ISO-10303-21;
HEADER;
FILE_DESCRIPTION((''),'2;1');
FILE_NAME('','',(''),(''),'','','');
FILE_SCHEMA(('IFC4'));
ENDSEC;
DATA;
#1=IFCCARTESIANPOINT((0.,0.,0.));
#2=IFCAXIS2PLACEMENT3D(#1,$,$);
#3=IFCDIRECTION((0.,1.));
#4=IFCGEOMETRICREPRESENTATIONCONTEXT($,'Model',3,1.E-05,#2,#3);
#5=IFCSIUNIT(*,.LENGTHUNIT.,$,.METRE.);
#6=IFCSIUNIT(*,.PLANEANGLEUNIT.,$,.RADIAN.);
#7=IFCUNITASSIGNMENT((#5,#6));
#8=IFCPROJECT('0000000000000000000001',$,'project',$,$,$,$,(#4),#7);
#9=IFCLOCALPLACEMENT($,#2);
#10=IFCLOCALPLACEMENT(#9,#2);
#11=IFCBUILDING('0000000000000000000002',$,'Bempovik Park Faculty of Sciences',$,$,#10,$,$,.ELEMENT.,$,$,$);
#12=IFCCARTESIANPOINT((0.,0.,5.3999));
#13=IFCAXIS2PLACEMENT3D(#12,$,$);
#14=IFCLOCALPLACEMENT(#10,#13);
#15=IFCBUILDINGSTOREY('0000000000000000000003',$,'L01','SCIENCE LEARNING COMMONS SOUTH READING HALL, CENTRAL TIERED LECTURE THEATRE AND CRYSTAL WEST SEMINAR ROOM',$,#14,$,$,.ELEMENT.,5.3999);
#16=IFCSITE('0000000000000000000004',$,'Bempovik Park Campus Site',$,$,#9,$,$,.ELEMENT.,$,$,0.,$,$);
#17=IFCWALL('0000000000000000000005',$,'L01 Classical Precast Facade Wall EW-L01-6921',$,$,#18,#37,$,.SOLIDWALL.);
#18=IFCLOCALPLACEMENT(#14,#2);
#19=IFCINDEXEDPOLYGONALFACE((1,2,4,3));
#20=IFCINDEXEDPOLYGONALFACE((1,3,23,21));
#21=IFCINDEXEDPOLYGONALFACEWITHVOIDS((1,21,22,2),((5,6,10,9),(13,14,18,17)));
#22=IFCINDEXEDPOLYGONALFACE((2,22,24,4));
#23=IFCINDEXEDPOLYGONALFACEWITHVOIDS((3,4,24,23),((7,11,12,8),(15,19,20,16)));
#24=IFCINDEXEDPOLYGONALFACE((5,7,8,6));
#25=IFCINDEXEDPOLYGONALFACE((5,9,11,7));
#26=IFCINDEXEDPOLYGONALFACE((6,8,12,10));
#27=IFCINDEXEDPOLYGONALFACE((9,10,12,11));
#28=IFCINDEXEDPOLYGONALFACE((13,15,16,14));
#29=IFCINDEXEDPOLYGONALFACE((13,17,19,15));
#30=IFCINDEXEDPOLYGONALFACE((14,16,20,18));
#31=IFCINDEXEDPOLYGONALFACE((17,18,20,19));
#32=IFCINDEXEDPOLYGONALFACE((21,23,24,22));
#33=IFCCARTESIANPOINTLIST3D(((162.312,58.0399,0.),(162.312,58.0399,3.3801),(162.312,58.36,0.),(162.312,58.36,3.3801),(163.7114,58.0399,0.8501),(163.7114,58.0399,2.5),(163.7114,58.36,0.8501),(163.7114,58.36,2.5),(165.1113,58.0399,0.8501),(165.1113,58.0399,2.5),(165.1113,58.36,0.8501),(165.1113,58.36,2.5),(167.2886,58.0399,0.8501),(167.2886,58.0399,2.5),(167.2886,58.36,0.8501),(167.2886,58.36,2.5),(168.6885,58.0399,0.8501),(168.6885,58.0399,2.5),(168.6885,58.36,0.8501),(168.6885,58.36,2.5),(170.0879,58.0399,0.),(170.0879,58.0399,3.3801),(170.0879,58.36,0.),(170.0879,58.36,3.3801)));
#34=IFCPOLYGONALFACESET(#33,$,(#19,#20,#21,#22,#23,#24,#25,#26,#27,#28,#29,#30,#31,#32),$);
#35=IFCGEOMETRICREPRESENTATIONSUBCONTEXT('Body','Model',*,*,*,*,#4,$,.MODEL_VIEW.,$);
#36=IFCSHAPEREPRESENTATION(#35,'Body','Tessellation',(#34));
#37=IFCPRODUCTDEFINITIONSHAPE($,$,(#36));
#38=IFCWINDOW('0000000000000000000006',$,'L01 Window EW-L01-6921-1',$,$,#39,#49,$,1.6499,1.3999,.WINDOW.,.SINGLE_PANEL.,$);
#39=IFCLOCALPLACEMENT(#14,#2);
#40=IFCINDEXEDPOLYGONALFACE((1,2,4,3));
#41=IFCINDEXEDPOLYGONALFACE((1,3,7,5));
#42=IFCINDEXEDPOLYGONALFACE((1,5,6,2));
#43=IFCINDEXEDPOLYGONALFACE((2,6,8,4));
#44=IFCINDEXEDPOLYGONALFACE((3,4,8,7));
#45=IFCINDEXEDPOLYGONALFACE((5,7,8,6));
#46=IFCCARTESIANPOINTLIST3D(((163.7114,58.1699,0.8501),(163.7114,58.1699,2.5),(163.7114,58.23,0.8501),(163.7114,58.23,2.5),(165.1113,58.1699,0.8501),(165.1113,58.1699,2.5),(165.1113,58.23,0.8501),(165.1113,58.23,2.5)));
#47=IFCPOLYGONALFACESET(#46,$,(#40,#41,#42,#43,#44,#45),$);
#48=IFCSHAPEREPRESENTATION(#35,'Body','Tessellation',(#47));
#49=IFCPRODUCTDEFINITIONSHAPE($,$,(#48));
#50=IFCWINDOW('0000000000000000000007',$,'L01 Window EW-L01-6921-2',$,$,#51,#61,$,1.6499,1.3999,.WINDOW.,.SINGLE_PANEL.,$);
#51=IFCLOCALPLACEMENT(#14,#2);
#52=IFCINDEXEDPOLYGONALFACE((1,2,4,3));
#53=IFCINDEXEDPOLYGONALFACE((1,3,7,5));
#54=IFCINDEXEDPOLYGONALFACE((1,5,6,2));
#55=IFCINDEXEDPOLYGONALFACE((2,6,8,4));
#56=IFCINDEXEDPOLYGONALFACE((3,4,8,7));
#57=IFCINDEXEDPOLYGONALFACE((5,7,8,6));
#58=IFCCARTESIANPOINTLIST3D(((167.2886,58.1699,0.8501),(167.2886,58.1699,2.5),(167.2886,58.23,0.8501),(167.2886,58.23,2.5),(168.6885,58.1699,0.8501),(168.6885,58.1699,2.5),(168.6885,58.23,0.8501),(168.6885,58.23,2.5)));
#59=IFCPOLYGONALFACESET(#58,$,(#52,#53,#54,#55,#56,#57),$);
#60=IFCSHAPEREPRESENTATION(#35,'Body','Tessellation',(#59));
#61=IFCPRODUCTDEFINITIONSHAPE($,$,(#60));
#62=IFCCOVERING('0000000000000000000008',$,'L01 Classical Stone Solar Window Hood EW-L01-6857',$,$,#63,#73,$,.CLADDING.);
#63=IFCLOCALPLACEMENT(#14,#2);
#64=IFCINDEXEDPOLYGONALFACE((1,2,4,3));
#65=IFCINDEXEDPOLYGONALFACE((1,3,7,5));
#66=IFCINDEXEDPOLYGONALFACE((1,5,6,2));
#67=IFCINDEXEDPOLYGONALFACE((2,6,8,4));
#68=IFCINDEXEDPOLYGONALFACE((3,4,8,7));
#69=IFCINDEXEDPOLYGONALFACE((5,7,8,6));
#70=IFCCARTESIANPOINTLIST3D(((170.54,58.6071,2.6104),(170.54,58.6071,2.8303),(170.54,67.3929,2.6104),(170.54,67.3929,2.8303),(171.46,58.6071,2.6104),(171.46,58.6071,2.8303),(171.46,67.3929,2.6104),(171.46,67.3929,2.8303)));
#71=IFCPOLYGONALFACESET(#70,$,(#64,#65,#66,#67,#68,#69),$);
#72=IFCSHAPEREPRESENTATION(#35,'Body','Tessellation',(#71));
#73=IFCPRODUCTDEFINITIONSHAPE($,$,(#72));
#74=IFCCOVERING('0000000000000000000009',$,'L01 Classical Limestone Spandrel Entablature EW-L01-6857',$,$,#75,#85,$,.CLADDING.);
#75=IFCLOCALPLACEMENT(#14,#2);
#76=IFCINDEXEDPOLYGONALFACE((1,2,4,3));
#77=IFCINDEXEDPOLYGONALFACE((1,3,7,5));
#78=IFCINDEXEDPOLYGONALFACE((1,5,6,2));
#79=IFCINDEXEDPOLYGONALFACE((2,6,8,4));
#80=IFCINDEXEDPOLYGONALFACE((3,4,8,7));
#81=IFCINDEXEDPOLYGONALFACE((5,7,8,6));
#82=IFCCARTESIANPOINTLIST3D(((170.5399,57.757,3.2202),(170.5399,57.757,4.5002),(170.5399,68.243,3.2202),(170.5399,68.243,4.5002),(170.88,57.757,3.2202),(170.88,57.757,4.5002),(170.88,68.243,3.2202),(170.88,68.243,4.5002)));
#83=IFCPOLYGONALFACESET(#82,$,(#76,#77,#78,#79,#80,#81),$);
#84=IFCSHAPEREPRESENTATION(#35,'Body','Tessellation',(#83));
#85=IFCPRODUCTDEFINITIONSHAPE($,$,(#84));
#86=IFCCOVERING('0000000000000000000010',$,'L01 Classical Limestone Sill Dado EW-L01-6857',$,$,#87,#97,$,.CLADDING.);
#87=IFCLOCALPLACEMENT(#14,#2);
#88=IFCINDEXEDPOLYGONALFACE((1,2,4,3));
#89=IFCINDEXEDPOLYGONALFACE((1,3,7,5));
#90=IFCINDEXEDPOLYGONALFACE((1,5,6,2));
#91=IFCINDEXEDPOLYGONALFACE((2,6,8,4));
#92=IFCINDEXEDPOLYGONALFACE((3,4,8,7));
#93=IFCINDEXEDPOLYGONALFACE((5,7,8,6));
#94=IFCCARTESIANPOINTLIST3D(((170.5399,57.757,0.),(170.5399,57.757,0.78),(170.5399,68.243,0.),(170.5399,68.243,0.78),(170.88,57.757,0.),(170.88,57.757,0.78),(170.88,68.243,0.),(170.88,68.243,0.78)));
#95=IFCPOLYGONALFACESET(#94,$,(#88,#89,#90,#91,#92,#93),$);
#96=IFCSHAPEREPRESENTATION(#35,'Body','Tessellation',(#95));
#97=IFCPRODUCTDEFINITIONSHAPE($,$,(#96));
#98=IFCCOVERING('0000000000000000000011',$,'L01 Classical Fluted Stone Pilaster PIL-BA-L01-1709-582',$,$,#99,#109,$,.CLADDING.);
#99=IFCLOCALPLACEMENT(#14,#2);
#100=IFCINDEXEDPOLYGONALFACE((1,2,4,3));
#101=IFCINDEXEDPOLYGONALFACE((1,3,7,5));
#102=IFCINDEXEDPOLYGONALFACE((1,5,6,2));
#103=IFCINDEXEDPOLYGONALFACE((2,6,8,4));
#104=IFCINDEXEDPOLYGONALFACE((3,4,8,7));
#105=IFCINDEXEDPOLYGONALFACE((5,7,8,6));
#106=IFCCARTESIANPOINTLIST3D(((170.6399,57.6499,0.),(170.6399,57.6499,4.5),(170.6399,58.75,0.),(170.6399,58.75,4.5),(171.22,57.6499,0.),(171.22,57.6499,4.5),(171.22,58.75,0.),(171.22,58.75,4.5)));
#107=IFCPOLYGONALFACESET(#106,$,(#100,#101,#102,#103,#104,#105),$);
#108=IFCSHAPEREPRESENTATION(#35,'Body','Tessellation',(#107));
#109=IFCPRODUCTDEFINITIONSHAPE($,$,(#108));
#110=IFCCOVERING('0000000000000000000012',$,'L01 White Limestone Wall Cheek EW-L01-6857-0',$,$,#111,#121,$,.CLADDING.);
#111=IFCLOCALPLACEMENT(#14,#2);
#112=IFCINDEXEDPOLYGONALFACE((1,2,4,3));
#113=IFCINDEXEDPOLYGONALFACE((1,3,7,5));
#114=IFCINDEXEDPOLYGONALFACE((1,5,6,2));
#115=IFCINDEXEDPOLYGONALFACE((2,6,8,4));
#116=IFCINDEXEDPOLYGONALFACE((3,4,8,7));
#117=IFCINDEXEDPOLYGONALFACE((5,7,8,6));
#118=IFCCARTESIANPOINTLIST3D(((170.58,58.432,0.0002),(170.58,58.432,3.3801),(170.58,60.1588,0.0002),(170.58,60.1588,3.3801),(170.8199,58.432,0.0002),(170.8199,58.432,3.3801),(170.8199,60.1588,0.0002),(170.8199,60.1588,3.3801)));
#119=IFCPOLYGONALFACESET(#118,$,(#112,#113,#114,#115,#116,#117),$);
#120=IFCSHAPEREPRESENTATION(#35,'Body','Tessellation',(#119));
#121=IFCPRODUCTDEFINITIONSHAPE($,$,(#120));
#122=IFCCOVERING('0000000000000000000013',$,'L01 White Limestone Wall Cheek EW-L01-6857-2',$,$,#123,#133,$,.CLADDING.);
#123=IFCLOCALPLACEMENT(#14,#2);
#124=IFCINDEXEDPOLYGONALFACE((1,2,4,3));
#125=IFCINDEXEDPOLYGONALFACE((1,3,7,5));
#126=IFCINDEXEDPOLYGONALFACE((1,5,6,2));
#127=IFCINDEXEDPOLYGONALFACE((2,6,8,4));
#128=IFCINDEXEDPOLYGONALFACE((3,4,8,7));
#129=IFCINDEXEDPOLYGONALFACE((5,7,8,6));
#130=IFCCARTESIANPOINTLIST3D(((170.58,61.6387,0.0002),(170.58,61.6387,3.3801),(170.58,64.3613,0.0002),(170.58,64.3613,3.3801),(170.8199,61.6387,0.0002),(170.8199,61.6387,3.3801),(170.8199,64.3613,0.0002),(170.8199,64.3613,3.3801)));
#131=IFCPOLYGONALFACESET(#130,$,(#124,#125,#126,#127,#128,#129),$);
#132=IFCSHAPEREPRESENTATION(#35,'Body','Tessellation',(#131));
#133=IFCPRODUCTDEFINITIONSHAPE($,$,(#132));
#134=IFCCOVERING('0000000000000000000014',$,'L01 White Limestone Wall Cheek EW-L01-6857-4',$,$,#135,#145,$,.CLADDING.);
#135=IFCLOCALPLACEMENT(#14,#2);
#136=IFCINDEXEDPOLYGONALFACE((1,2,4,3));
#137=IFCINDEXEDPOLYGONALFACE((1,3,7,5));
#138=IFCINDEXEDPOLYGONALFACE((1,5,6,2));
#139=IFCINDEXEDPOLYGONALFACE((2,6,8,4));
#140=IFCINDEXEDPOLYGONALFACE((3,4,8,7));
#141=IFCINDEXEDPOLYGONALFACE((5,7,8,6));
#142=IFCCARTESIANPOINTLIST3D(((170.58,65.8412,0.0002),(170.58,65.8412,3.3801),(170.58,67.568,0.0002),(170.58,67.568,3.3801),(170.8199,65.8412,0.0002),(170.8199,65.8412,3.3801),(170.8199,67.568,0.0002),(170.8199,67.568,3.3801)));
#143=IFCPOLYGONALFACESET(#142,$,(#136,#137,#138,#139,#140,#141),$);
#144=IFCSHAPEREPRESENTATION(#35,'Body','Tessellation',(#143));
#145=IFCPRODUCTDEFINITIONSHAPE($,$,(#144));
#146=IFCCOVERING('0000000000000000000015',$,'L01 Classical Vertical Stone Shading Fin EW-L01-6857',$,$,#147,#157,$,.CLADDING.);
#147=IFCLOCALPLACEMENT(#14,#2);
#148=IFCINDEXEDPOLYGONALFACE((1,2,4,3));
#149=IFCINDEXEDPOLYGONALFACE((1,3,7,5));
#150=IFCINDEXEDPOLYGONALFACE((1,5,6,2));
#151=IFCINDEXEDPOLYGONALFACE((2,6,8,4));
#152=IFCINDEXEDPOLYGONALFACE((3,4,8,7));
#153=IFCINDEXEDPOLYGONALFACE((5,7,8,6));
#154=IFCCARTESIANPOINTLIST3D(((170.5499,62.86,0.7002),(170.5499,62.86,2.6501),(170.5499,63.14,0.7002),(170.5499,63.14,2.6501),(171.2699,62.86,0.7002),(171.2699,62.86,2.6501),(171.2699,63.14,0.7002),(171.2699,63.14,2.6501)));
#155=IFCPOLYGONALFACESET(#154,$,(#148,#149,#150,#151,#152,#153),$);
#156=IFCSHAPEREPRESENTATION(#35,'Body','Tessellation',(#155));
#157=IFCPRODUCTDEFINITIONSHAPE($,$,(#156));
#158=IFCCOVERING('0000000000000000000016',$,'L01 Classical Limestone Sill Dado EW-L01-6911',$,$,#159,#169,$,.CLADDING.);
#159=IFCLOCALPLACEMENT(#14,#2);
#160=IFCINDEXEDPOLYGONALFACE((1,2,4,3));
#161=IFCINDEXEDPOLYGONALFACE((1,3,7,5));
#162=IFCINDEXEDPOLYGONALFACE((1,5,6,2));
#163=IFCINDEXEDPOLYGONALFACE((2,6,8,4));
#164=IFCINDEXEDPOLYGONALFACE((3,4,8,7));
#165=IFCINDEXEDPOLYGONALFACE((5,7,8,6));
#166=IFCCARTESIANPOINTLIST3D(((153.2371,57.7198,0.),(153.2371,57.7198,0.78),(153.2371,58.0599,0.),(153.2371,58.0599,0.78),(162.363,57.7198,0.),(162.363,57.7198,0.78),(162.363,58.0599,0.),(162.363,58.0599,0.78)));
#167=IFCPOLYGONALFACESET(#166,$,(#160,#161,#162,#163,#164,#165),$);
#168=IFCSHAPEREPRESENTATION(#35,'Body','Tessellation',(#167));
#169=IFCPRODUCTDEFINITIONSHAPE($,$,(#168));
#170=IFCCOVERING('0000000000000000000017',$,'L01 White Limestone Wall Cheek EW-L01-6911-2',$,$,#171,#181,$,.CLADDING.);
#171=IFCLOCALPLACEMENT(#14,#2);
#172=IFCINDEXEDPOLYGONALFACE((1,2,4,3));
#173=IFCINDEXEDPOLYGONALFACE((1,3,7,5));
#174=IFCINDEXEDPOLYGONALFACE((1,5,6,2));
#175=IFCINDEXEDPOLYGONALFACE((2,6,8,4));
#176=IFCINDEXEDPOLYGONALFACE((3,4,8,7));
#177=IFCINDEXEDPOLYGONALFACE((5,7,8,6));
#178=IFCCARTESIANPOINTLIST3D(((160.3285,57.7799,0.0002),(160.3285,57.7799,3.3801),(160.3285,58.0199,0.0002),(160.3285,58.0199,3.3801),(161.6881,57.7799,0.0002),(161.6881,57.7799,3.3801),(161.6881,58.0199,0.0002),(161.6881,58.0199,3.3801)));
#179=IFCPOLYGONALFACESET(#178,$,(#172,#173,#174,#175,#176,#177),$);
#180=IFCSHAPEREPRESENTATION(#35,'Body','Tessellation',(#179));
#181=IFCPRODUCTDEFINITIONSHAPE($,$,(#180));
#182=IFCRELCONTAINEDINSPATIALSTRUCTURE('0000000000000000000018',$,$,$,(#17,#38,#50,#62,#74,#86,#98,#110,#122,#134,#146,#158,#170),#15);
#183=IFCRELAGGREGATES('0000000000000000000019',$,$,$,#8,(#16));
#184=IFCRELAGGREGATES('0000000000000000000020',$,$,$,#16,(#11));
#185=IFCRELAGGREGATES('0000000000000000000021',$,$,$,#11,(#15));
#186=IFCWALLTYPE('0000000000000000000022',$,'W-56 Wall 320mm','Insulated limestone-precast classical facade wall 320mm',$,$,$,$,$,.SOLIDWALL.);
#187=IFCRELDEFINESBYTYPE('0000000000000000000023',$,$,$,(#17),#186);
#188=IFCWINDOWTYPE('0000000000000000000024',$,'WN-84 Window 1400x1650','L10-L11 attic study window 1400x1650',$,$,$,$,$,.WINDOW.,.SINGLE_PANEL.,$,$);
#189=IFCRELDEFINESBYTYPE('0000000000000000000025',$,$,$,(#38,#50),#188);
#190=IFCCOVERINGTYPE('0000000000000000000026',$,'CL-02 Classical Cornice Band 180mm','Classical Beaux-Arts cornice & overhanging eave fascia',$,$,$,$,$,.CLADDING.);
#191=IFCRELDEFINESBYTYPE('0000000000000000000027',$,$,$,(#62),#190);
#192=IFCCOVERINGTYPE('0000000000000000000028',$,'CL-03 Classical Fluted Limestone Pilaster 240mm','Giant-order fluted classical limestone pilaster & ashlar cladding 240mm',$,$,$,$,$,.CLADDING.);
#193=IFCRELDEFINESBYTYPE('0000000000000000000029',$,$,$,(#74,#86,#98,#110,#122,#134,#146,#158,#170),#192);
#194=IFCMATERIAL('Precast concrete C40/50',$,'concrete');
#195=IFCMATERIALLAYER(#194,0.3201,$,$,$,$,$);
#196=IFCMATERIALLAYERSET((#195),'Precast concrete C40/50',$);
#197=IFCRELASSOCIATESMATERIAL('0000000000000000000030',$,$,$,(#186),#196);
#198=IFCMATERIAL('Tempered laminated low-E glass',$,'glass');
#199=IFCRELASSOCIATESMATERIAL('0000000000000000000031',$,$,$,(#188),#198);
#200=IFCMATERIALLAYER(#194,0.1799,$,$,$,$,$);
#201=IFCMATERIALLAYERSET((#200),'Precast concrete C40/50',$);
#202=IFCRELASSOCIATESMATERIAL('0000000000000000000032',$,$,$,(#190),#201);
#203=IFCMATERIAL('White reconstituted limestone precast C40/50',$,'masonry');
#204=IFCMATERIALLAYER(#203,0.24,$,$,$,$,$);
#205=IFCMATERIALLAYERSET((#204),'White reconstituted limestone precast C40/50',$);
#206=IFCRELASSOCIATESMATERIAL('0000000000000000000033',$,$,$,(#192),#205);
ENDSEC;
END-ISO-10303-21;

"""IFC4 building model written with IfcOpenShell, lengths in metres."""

from ifc_helpers import new_model, si_unit, direction, frame, frame_2d, origin, origin_2d, place, context, subcontext, project, spatial, rectangle, extrude, material, layer, layer_set, type_object, element, fill, save


model = new_model("IFC4")

# Units and contexts
model_context = context("Model", 3, precision=1e-05, world=origin(), true_north=direction((0.0, 1.0)))
body_context = subcontext(model_context, "Body", "Model", "MODEL_VIEW")
ifc_project = project(units=[si_unit("LENGTHUNIT", "METRE"), si_unit("PLANEANGLEUNIT", "RADIAN")], contexts=[model_context])

# Site, building, storey
site_placement = place(None, origin())
site = spatial("IfcSite", under=ifc_project, at=site_placement, Name="Bempovik Park Campus Site", CompositionType="ELEMENT", RefElevation=0.0)
building_placement = place(site_placement, origin())
building = spatial("IfcBuilding", under=site, at=building_placement, Name="Bempovik Park Faculty of Sciences", CompositionType="ELEMENT")
storey_placement = place(building_placement, frame((0.0, 0.0, 5.3999)))
storey = spatial("IfcBuildingStorey", under=building, at=storey_placement, Name="L01", Description="SCIENCE LEARNING COMMONS SOUTH READING HALL, CENTRAL TIERED LECTURE THEATRE AND CRYSTAL WEST SEMINAR ROOM", CompositionType="ELEMENT", Elevation=5.3999)

# Wall, openings, windows
ifc_material_1 = material(Name="Precast concrete C40/50", Category="concrete")
ifc_layer_1 = layer(ifc_material_1, 0.3201)
ifc_layer_set_1 = layer_set([ifc_layer_1], Name="Precast concrete C40/50")
wall_type_1 = type_object("IfcWallType", Name="W-56 Wall 320mm", Description="Insulated limestone-precast classical facade wall 320mm", PredefinedType="SOLIDWALL", material=ifc_layer_set_1)
ifc_material_2 = material(Name="Tempered laminated low-E glass", Category="glass")
window_type = type_object("IfcWindowType", Name="WN-84 Window 1400x1650", Description="L10-L11 attic study window 1400x1650", PartitioningType="SINGLE_PANEL", PredefinedType="WINDOW", material=ifc_material_2)
wall_1_placement = place(storey_placement, frame((162.312, 58.2, 0.0), z_axis=(0.0, 0.0, 1.0), x_axis=(1.0, 0.0, 0.0)))
wall_1 = element("IfcWall", 1, at=wall_1_placement, inside=storey, type_object=wall_type_1, Name="L01 Classical Precast Facade Wall EW-L01-6921", PredefinedType="SOLIDWALL", context=body_context, shape_type="SweptSolid", body=[
    extrude(rectangle(XDim=7.7759, YDim=0.3201, at=frame_2d((3.8879, 0.0))), origin(), (0.0, 0.0, 1.0), 3.3801),
])
opening_1_placement = place(wall_1_placement, frame((1.3994, 0.0, 0.8501)))
opening_1 = element("IfcOpeningElement", 2, at=opening_1_placement, cuts=wall_1, PredefinedType="OPENING", context=body_context, shape_type="SweptSolid", body=[
    extrude(rectangle(XDim=1.3999, YDim=1.6499, at=frame_2d((0.7, 0.825))), frame((0.0, 0.1699, 0.0), z_axis=(0.0, -1.0, 0.0), x_axis=(1.0, 0.0, 0.0)), (0.0, 0.0, 1.0), 0.3401),
])
opening_2_placement = place(wall_1_placement, frame((4.9766, 0.0, 0.8501)))
opening_2 = element("IfcOpeningElement", 3, at=opening_2_placement, cuts=wall_1, PredefinedType="OPENING", context=body_context, shape_type="SweptSolid", body=[
    extrude(rectangle(XDim=1.3999, YDim=1.6499, at=frame_2d((0.7, 0.825))), frame((0.0, 0.1699, 0.0), z_axis=(0.0, -1.0, 0.0), x_axis=(1.0, 0.0, 0.0)), (0.0, 0.0, 1.0), 0.3401),
])
window_1_placement = place(opening_1_placement, origin())
window_1 = element("IfcWindow", 4, at=window_1_placement, inside=storey, type_object=window_type, Name="L01 Window EW-L01-6921-1", OverallHeight=1.6499, OverallWidth=1.3999, PartitioningType="SINGLE_PANEL", PredefinedType="WINDOW", context=body_context, shape_type="SweptSolid", body=[
    extrude(rectangle(XDim=1.3999, YDim=1.6499, at=frame_2d((0.7, 0.825))), frame((0.0, 0.03, 0.0), z_axis=(0.0, -1.0, 0.0), x_axis=(1.0, 0.0, 0.0)), (0.0, 0.0, 1.0), 0.0601),
])
fill(opening_1, window_1)
window_2_placement = place(opening_2_placement, origin())
window_2 = element("IfcWindow", 5, at=window_2_placement, inside=storey, type_object=window_type, Name="L01 Window EW-L01-6921-2", OverallHeight=1.6499, OverallWidth=1.3999, PartitioningType="SINGLE_PANEL", PredefinedType="WINDOW", context=body_context, shape_type="SweptSolid", body=[
    extrude(rectangle(XDim=1.3999, YDim=1.6499, at=frame_2d((0.7, 0.825))), frame((0.0, 0.03, 0.0), z_axis=(0.0, -1.0, 0.0), x_axis=(1.0, 0.0, 0.0)), (0.0, 0.0, 1.0), 0.0601),
])
fill(opening_2, window_2)

# Coverings
ifc_layer_2 = layer(ifc_material_1, 0.1799)
ifc_layer_set_2 = layer_set([ifc_layer_2], Name="Precast concrete C40/50")
covering_type_1 = type_object("IfcCoveringType", Name="CL-02 Classical Cornice Band 180mm", Description="Classical Beaux-Arts cornice & overhanging eave fascia", PredefinedType="CLADDING", material=ifc_layer_set_2)
covering_1_placement = place(storey_placement, frame((171.0, 63.0, 2.6104), z_axis=(0.0, 0.0, 1.0), x_axis=(1.0, 0.0, 0.0)))
element("IfcCovering", 6, at=covering_1_placement, inside=storey, type_object=covering_type_1, Name="L01 Classical Stone Solar Window Hood EW-L01-6857", PredefinedType="CLADDING", context=body_context, shape_type="SweptSolid", body=[
    extrude(rectangle(XDim=0.9199, YDim=8.7859, at=origin_2d()), origin(), (0.0, 0.0, 1.0), 0.22),
])
ifc_material_3 = material(Name="White reconstituted limestone precast C40/50", Category="masonry")
ifc_layer_3 = layer(ifc_material_3, 0.24)
ifc_layer_set_3 = layer_set([ifc_layer_3], Name="White reconstituted limestone precast C40/50")
covering_type_2 = type_object("IfcCoveringType", Name="CL-03 Classical Fluted Limestone Pilaster 240mm", Description="Giant-order fluted classical limestone pilaster & ashlar cladding 240mm", PredefinedType="CLADDING", material=ifc_layer_set_3)
covering_2_placement = place(storey_placement, frame((170.71, 63.0, 3.2202), z_axis=(0.0, 0.0, 1.0), x_axis=(1.0, 0.0, 0.0)))
element("IfcCovering", 7, at=covering_2_placement, inside=storey, type_object=covering_type_2, Name="L01 Classical Limestone Spandrel Entablature EW-L01-6857", PredefinedType="CLADDING", context=body_context, shape_type="SweptSolid", body=[
    extrude(rectangle(XDim=0.3401, YDim=10.4861, at=origin_2d()), origin(), (0.0, 0.0, 1.0), 1.28),
])
covering_3_placement = place(storey_placement, frame((170.71, 63.0, 0.0), z_axis=(0.0, 0.0, 1.0), x_axis=(1.0, 0.0, 0.0)))
element("IfcCovering", 8, at=covering_3_placement, inside=storey, type_object=covering_type_2, Name="L01 Classical Limestone Sill Dado EW-L01-6857", PredefinedType="CLADDING", context=body_context, shape_type="SweptSolid", body=[
    extrude(rectangle(XDim=0.3401, YDim=10.4861, at=origin_2d()), origin(), (0.0, 0.0, 1.0), 0.78),
])
covering_4_placement = place(storey_placement, frame((170.9299, 58.2, 0.0), z_axis=(0.0, 0.0, 1.0), x_axis=(1.0, 0.0, 0.0)))
element("IfcCovering", 9, at=covering_4_placement, inside=storey, type_object=covering_type_2, Name="L01 Classical Fluted Stone Pilaster PIL-BA-L01-1709-582", PredefinedType="CLADDING", context=body_context, shape_type="SweptSolid", body=[
    extrude(rectangle(XDim=0.5801, YDim=1.1001, at=origin_2d()), origin(), (0.0, 0.0, 1.0), 4.5),
])
covering_5_placement = place(storey_placement, frame((170.7, 59.2954, 0.0002), z_axis=(0.0, 0.0, 1.0), x_axis=(1.0, 0.0, 0.0)))
element("IfcCovering", 10, at=covering_5_placement, inside=storey, type_object=covering_type_2, Name="L01 White Limestone Wall Cheek EW-L01-6857-0", PredefinedType="CLADDING", context=body_context, shape_type="SweptSolid", body=[
    extrude(rectangle(XDim=0.24, YDim=1.7268, at=origin_2d()), origin(), (0.0, 0.0, 1.0), 3.3799),
])
covering_6_placement = place(storey_placement, frame((170.7, 63.0, 0.0002), z_axis=(0.0, 0.0, 1.0), x_axis=(1.0, 0.0, 0.0)))
element("IfcCovering", 11, at=covering_6_placement, inside=storey, type_object=covering_type_2, Name="L01 White Limestone Wall Cheek EW-L01-6857-2", PredefinedType="CLADDING", context=body_context, shape_type="SweptSolid", body=[
    extrude(rectangle(XDim=0.24, YDim=2.7227, at=origin_2d()), origin(), (0.0, 0.0, 1.0), 3.3799),
])
covering_7_placement = place(storey_placement, frame((170.7, 66.7046, 0.0002), z_axis=(0.0, 0.0, 1.0), x_axis=(1.0, 0.0, 0.0)))
element("IfcCovering", 12, at=covering_7_placement, inside=storey, type_object=covering_type_2, Name="L01 White Limestone Wall Cheek EW-L01-6857-4", PredefinedType="CLADDING", context=body_context, shape_type="SweptSolid", body=[
    extrude(rectangle(XDim=0.24, YDim=1.7268, at=origin_2d()), origin(), (0.0, 0.0, 1.0), 3.3799),
])
covering_8_placement = place(storey_placement, frame((170.9099, 63.0, 0.7002), z_axis=(0.0, 0.0, 1.0), x_axis=(1.0, 0.0, 0.0)))
element("IfcCovering", 13, at=covering_8_placement, inside=storey, type_object=covering_type_2, Name="L01 Classical Vertical Stone Shading Fin EW-L01-6857", PredefinedType="CLADDING", context=body_context, shape_type="SweptSolid", body=[
    extrude(rectangle(XDim=0.72, YDim=0.28, at=origin_2d()), origin(), (0.0, 0.0, 1.0), 1.95),
])
covering_9_placement = place(storey_placement, frame((157.8, 57.8899, 0.0), z_axis=(0.0, 0.0, 1.0), x_axis=(1.0, 0.0, 0.0)))
element("IfcCovering", 14, at=covering_9_placement, inside=storey, type_object=covering_type_2, Name="L01 Classical Limestone Sill Dado EW-L01-6911", PredefinedType="CLADDING", context=body_context, shape_type="SweptSolid", body=[
    extrude(rectangle(XDim=9.126, YDim=0.3401, at=origin_2d()), origin(), (0.0, 0.0, 1.0), 0.78),
])
covering_10_placement = place(storey_placement, frame((161.0083, 57.8999, 0.0002), z_axis=(0.0, 0.0, 1.0), x_axis=(1.0, 0.0, 0.0)))
element("IfcCovering", 15, at=covering_10_placement, inside=storey, type_object=covering_type_2, Name="L01 White Limestone Wall Cheek EW-L01-6911-2", PredefinedType="CLADDING", context=body_context, shape_type="SweptSolid", body=[
    extrude(rectangle(XDim=1.3596, YDim=0.24, at=origin_2d()), origin(), (0.0, 0.0, 1.0), 3.3799),
])

save(model, "model.ifc")
